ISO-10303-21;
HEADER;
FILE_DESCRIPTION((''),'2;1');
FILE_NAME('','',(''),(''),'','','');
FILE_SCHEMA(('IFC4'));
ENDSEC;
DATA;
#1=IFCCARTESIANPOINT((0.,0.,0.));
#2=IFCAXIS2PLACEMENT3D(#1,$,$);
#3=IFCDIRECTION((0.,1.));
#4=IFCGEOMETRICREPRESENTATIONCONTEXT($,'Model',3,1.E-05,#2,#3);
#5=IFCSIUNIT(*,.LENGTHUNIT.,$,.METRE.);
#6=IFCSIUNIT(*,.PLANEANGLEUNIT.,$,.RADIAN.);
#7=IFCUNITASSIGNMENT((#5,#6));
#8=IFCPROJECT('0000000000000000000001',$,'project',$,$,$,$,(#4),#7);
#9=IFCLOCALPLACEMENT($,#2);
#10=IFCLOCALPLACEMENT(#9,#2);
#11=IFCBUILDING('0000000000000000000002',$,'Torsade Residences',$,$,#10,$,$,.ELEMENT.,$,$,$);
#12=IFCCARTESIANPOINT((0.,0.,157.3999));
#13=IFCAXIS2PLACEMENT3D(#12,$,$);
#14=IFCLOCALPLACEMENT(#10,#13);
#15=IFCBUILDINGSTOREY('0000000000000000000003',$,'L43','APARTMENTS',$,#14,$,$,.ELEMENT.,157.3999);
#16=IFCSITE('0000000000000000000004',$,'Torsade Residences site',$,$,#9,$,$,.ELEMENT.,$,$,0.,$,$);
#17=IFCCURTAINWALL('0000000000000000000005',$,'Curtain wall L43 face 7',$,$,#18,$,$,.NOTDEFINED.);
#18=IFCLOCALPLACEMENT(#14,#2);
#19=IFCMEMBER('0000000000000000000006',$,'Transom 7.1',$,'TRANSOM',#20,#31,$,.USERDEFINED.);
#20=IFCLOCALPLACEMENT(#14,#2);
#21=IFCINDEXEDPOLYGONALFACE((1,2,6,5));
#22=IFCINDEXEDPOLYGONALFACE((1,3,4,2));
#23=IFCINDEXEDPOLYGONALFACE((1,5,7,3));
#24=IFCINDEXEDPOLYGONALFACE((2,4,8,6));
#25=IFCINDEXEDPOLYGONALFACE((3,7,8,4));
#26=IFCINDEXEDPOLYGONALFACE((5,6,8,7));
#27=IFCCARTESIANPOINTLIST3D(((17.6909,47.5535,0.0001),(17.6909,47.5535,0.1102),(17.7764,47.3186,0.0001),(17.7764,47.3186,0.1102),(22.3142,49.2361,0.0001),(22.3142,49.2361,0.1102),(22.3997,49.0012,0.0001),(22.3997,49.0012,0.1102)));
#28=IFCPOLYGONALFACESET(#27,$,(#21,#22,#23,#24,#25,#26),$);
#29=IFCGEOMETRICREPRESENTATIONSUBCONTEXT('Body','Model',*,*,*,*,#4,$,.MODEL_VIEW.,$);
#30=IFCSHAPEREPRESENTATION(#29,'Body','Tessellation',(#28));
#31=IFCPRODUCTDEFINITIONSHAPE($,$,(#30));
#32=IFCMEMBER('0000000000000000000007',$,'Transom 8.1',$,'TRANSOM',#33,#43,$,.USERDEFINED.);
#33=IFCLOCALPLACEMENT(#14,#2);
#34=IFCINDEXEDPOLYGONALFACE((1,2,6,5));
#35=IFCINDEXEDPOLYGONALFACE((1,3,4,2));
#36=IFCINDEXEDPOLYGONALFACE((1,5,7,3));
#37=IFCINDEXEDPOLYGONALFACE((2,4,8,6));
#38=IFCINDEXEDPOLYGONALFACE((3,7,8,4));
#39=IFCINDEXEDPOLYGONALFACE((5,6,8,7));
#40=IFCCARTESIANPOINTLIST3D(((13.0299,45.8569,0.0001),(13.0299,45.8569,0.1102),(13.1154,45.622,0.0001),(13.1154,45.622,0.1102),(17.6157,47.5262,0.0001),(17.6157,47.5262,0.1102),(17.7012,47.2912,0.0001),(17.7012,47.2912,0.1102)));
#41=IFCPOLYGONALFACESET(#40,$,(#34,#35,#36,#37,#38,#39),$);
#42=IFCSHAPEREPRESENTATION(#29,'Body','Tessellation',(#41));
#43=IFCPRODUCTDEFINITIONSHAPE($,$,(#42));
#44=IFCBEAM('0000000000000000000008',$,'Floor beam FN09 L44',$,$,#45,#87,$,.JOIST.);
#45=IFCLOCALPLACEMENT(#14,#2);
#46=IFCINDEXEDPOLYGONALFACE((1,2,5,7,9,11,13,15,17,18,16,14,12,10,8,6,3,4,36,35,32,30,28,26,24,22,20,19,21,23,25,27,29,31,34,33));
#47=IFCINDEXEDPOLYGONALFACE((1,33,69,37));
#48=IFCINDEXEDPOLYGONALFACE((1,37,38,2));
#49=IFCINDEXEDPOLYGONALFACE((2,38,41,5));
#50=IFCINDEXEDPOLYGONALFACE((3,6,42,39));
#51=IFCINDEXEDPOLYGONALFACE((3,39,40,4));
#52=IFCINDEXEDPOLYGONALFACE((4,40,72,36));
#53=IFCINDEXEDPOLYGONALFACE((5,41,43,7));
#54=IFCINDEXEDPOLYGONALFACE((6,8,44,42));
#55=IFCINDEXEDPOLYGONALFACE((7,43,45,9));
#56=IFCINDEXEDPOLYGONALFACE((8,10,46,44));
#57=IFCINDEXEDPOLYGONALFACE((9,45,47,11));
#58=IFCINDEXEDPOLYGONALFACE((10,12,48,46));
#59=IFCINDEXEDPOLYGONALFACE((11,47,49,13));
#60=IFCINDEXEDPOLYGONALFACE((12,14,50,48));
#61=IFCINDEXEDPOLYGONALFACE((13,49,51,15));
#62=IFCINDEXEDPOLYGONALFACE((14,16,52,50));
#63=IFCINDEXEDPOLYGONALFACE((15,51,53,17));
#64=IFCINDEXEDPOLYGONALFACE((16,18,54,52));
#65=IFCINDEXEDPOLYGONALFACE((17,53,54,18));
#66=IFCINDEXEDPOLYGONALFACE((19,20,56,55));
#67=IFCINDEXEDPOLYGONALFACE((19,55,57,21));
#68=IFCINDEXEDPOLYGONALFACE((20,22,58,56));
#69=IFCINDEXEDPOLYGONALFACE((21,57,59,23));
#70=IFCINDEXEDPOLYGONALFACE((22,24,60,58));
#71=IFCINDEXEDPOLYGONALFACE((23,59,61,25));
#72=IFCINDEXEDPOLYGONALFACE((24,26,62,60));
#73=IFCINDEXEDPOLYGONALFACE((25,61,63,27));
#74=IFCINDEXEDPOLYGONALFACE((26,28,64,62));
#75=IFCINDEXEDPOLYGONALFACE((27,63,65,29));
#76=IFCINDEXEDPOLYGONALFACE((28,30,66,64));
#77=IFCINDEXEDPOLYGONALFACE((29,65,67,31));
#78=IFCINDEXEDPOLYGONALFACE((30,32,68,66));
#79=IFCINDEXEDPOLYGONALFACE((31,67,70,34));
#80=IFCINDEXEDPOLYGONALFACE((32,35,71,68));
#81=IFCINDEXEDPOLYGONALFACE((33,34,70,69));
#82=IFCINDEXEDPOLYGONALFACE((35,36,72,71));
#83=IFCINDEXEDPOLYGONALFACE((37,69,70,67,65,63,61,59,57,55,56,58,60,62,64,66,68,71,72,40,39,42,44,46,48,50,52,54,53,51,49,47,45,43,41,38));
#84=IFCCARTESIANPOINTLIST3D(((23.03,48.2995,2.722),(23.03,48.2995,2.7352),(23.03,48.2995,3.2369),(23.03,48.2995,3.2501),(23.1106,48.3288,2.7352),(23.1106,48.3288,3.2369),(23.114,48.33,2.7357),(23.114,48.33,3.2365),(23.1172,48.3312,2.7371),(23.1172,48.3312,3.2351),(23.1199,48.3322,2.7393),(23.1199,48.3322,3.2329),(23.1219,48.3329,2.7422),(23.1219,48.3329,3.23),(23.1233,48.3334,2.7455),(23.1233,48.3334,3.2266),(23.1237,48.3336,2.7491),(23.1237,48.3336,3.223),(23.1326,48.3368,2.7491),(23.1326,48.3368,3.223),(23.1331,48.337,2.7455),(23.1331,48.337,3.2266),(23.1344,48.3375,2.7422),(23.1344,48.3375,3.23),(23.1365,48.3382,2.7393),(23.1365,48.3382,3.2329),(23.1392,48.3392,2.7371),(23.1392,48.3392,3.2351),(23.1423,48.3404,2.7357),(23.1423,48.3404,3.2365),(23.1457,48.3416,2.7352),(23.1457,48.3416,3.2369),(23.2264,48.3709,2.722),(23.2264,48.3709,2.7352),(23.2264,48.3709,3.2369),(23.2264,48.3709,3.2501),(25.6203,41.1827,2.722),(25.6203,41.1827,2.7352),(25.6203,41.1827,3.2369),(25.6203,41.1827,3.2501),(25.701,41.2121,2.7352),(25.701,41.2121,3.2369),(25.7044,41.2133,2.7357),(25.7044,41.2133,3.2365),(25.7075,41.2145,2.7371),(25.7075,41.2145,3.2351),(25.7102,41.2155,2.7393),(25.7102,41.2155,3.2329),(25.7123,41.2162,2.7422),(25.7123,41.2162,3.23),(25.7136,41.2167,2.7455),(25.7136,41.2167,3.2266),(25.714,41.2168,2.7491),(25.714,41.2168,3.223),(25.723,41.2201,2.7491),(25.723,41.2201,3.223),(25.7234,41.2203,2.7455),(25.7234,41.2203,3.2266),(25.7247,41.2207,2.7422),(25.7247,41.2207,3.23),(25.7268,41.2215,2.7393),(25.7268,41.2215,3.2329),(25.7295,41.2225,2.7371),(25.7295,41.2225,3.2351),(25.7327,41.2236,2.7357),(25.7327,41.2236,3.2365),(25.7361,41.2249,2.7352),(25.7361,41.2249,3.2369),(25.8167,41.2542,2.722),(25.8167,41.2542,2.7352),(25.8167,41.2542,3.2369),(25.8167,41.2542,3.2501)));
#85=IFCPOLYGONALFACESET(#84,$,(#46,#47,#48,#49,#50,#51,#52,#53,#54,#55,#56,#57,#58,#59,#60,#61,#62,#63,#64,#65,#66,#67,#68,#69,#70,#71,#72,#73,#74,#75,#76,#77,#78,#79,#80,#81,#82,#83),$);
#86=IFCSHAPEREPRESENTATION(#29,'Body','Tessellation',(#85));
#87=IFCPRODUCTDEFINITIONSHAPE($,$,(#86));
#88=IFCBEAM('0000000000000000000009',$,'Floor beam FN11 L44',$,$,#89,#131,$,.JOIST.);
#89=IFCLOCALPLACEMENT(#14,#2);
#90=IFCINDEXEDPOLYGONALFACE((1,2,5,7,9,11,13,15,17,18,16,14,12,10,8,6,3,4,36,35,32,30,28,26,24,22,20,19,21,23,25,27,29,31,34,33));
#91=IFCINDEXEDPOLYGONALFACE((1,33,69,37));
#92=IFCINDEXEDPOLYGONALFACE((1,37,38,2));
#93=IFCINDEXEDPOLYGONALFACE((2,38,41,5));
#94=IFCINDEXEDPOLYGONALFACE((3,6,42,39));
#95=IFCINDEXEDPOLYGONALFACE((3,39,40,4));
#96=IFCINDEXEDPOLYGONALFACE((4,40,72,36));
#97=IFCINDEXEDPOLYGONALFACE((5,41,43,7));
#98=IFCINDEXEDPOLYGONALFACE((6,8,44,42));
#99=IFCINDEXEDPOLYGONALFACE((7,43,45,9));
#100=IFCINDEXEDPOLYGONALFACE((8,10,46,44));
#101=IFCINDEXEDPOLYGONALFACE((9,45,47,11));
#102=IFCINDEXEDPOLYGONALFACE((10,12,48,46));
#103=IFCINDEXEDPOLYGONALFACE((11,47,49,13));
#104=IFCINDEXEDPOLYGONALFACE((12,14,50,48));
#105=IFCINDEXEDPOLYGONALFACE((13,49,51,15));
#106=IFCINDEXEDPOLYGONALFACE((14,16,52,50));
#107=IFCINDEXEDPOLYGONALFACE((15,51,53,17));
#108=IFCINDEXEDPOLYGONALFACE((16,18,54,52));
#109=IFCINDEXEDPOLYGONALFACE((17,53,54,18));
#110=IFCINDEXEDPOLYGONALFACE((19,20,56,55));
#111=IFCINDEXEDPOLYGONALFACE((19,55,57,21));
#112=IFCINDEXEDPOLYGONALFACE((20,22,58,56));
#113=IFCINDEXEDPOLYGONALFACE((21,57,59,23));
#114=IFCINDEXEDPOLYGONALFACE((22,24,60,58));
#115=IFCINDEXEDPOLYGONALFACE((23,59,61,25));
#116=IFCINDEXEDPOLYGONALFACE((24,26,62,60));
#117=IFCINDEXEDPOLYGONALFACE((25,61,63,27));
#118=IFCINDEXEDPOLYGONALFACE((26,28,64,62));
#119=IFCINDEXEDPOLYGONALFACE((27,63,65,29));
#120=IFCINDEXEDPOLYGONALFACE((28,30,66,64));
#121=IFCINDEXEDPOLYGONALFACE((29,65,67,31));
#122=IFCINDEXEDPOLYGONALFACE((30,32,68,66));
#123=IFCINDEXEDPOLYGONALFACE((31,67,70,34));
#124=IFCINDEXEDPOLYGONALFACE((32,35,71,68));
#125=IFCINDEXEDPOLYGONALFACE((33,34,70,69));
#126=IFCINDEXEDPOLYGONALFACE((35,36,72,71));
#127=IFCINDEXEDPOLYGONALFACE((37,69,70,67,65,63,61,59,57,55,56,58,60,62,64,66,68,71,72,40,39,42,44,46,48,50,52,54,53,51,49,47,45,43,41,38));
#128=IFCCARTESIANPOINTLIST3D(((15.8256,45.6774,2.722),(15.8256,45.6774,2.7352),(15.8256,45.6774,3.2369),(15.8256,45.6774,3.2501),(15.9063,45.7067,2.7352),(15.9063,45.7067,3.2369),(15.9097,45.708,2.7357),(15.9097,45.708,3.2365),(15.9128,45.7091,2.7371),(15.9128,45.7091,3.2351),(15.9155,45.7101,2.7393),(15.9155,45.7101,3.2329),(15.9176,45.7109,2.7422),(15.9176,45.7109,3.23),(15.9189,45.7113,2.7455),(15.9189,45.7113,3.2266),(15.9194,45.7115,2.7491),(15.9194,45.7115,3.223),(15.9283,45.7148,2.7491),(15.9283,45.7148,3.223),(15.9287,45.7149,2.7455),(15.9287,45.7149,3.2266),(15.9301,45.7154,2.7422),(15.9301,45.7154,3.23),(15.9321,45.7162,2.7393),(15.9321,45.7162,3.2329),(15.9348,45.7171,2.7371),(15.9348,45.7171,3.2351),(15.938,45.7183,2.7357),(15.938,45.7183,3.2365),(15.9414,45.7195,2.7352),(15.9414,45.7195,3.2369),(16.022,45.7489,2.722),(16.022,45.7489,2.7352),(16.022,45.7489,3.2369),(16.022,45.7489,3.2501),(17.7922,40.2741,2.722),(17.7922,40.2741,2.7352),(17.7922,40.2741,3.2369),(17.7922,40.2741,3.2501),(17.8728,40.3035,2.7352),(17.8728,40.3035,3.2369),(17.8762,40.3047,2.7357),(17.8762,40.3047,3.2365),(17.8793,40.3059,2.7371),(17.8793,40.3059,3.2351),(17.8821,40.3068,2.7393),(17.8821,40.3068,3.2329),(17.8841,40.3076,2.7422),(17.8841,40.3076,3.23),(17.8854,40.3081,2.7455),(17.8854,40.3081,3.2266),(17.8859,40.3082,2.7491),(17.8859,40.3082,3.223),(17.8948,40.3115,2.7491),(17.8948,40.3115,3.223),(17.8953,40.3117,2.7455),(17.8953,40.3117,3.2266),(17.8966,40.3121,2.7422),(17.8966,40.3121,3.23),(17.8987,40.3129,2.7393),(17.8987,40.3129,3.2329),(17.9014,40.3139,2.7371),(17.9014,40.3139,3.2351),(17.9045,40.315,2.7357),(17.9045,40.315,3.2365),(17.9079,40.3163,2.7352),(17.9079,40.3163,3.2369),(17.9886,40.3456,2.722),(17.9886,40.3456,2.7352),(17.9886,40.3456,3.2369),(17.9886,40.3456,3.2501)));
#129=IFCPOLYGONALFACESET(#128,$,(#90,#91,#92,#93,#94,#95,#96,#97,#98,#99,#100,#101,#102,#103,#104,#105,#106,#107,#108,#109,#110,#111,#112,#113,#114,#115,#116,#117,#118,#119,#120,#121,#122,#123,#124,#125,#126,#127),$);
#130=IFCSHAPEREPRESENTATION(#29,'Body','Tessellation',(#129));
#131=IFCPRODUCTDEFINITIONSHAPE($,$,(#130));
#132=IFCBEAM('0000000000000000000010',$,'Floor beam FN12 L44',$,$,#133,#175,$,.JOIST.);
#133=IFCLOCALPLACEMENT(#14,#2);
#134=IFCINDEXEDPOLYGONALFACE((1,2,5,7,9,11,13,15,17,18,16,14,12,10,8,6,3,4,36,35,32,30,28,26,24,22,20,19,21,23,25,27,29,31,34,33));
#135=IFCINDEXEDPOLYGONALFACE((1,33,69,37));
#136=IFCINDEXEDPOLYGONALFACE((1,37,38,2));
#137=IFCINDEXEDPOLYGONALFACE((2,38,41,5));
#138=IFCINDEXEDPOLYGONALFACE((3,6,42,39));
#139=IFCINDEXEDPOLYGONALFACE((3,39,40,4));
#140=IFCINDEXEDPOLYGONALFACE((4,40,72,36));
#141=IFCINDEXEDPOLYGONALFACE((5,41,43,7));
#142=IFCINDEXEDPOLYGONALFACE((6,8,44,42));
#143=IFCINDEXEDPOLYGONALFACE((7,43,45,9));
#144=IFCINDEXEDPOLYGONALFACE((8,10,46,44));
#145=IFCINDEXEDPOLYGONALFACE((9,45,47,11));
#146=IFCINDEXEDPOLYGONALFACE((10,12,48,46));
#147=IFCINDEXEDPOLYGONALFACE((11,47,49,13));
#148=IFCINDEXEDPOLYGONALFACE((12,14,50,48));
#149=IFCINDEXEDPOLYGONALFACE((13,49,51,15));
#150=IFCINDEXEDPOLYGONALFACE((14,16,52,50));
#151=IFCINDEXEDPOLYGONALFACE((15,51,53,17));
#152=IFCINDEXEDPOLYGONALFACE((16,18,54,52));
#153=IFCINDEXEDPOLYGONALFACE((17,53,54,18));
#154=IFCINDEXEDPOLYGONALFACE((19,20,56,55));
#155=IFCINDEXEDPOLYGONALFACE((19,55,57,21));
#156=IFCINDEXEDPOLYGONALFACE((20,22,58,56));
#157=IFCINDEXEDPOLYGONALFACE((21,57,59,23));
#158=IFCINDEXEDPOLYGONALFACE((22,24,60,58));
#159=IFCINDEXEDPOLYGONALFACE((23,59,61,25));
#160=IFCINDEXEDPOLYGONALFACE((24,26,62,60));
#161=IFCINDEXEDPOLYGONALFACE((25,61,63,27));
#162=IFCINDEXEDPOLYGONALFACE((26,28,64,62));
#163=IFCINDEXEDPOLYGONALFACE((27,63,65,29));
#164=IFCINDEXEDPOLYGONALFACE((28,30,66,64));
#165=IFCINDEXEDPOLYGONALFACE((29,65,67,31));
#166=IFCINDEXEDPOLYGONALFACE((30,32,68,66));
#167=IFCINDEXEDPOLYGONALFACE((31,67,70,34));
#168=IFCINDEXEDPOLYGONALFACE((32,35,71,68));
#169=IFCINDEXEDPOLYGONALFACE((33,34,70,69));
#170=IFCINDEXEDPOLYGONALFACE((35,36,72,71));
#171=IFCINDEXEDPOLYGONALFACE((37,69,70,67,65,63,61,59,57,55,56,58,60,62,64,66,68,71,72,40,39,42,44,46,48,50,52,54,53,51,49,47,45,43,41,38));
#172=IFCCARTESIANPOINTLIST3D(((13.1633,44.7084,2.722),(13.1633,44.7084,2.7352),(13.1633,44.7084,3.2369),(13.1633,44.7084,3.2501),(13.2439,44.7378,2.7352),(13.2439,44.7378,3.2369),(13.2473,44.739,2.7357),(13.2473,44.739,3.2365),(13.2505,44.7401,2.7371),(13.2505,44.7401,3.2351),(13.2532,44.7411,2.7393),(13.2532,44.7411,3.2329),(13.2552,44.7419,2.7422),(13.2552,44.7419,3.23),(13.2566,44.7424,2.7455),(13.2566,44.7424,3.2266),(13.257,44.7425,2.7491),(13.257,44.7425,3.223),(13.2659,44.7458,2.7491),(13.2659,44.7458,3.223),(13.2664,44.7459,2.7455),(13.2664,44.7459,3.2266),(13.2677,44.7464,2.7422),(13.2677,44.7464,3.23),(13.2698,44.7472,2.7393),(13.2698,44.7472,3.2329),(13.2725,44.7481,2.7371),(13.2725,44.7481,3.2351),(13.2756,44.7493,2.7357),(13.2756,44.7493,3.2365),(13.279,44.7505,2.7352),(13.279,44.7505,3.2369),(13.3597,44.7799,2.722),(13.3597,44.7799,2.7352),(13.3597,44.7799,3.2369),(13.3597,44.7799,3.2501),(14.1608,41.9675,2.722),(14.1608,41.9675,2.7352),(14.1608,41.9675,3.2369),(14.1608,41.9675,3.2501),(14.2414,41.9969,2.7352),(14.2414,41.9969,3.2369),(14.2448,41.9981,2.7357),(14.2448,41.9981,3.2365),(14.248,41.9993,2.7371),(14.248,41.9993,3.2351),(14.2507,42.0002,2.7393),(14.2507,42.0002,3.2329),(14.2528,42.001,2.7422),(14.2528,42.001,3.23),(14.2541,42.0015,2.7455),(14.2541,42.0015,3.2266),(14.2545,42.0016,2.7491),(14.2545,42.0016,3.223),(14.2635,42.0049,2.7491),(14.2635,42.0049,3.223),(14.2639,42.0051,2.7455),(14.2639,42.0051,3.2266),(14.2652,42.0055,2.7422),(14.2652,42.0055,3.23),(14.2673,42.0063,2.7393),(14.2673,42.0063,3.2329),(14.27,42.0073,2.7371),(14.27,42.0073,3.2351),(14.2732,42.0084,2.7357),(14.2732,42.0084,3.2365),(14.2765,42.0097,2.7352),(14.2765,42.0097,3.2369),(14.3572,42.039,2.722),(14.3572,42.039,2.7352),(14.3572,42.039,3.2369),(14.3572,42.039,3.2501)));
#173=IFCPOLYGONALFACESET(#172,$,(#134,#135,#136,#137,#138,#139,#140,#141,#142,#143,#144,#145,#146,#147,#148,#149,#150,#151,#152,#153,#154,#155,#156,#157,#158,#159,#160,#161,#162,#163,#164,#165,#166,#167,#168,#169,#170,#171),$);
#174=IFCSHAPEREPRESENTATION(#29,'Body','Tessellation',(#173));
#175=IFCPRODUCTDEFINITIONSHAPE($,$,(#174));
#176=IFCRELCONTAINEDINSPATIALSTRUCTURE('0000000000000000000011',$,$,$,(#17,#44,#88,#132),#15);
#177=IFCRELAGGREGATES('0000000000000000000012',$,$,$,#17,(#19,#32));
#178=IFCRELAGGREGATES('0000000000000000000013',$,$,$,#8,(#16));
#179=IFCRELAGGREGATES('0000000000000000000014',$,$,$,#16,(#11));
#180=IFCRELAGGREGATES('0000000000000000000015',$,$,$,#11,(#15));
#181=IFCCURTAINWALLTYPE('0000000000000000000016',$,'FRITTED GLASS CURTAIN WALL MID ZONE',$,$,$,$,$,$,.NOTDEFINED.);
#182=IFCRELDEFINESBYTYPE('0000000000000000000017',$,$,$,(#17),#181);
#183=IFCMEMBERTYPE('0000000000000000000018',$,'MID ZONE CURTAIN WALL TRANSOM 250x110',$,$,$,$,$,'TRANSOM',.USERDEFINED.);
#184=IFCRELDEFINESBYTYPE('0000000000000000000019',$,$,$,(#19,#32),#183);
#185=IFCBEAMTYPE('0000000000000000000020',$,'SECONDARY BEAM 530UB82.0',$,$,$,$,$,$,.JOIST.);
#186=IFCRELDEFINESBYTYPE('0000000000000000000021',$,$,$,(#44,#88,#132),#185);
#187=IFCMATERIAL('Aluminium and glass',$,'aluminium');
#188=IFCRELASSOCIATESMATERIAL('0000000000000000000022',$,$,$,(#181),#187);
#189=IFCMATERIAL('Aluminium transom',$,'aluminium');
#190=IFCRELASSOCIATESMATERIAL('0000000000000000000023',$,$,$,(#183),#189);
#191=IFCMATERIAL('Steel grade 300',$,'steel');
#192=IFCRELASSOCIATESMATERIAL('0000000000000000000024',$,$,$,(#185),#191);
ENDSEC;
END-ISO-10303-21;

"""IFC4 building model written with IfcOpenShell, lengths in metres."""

from ifc_helpers import new_model, si_unit, direction, frame, origin, origin_2d, place, context, subcontext, project, spatial, rectangle, i_section, extrude, material, material_profile, profile_set, type_object, element, aggregate, save


model = new_model("IFC4")

# Units and contexts
model_context = context("Model", 3, precision=1e-05, world=origin(), true_north=direction((0.0, 1.0)))
body_context = subcontext(model_context, "Body", "Model", "MODEL_VIEW")
ifc_project = project(units=[si_unit("LENGTHUNIT", "METRE"), si_unit("PLANEANGLEUNIT", "RADIAN")], contexts=[model_context])

# Site, building, storey
site_placement = place(None, origin())
site = spatial("IfcSite", under=ifc_project, at=site_placement, Name="Torsade Residences site", CompositionType="ELEMENT", RefElevation=0.0)
building_placement = place(site_placement, origin())
building = spatial("IfcBuilding", under=site, at=building_placement, Name="Torsade Residences", CompositionType="ELEMENT")
storey_placement = place(building_placement, frame((0.0, 0.0, 157.3999)))
storey = spatial("IfcBuildingStorey", under=building, at=storey_placement, Name="L43", Description="APARTMENTS", CompositionType="ELEMENT", Elevation=157.3999)

# Curtain wall, members
ifc_material_1 = material(Name="Aluminium and glass", Category="aluminium")
curtain_wall_type = type_object("IfcCurtainWallType", Name="FRITTED GLASS CURTAIN WALL MID ZONE", PredefinedType="NOTDEFINED", material=ifc_material_1)
curtain_wall_placement = place(storey_placement, origin())
curtain_wall = element("IfcCurtainWall", 1, at=curtain_wall_placement, inside=storey, type_object=curtain_wall_type, Name="Curtain wall L43 face 7", PredefinedType="NOTDEFINED")
ifc_material_2 = material(Name="Aluminium transom", Category="aluminium")
ifc_material_profile_1 = material_profile(ifc_material_2, rectangle(XDim=0.25, YDim=0.1101, at=origin_2d()), Name="MID ZONE CURTAIN WALL TRANSOM 250x110")
ifc_profile_set_1 = profile_set([ifc_material_profile_1], Name="Aluminium transom")
member_type_1 = type_object("IfcMemberType", Name="MID ZONE CURTAIN WALL TRANSOM 250x110", ElementType="TRANSOM", PredefinedType="USERDEFINED", material=ifc_profile_set_1)
member_1_placement = place(storey_placement, frame((22.3569, 49.1187, 0.0552), z_axis=(-0.939701, -0.341998, 0.0), x_axis=(0.341998, -0.939701, 0.0)))
member_1 = element("IfcMember", 2, at=member_1_placement, type_object=member_type_1, Name="Transom 7.1", ObjectType="TRANSOM", PredefinedType="USERDEFINED", context=body_context, shape_type="SweptSolid", body=[
    extrude(rectangle(XDim=0.25, YDim=0.1101, at=origin_2d()), origin(), (0.0, 0.0, 1.0), 4.9199),
])
member_2_placement = place(storey_placement, frame((17.6584, 47.4087, 0.0552), z_axis=(-0.939684, -0.342044, 0.0), x_axis=(0.342044, -0.939684, 0.0)))
member_2 = element("IfcMember", 3, at=member_2_placement, type_object=member_type_1, Name="Transom 8.1", ObjectType="TRANSOM", PredefinedType="USERDEFINED", context=body_context, shape_type="SweptSolid", body=[
    extrude(rectangle(XDim=0.25, YDim=0.1101, at=origin_2d()), origin(), (0.0, 0.0, 1.0), 4.8801),
])

# Beams
ifc_material_3 = material(Name="Steel grade 300", Category="steel")
ifc_material_profile_2 = material_profile(ifc_material_3, i_section(OverallWidth=0.209, OverallDepth=0.5281, WebThickness=0.0095, FlangeThickness=0.0132, FilletRadius=0.0139, at=origin_2d()), Name="530UB82.0")
ifc_profile_set_2 = profile_set([ifc_material_profile_2], Name="Steel grade 300")
beam_type_1 = type_object("IfcBeamType", Name="SECONDARY BEAM 530UB82.0", PredefinedType="JOIST", material=ifc_profile_set_2)
beam_1_placement = place(storey_placement, frame((23.1282, 48.3352, 2.9861), z_axis=(0.342028, -0.93969, 0.0), x_axis=(0.93969, 0.342028, 0.0)))
element("IfcBeam", 4, at=beam_1_placement, inside=storey, type_object=beam_type_1, Name="Floor beam FN09 L44", PredefinedType="JOIST", context=body_context, shape_type="SweptSolid", body=[
    extrude(i_section(OverallWidth=0.209, OverallDepth=0.5281, WebThickness=0.0095, FlangeThickness=0.0132, FilletRadius=0.0139, at=origin_2d()), origin(), (0.0, 0.0, 1.0), 7.5735),
])
beam_2_placement = place(storey_placement, frame((15.9238, 45.7131, 2.9861), z_axis=(0.342006, -0.939698, 0.0), x_axis=(0.939698, 0.342006, 0.0)))
element("IfcBeam", 5, at=beam_2_placement, inside=storey, type_object=beam_type_1, Name="Floor beam FN11 L44", PredefinedType="JOIST", context=body_context, shape_type="SweptSolid", body=[
    extrude(i_section(OverallWidth=0.209, OverallDepth=0.5281, WebThickness=0.0095, FlangeThickness=0.0132, FilletRadius=0.0139, at=origin_2d()), origin(), (0.0, 0.0, 1.0), 5.75),
])
beam_3_placement = place(storey_placement, frame((13.2615, 44.7441, 2.9861), z_axis=(0.341998, -0.939701, 0.0), x_axis=(0.939701, 0.341998, 0.0)))
element("IfcBeam", 6, at=beam_3_placement, inside=storey, type_object=beam_type_1, Name="Floor beam FN12 L44", PredefinedType="JOIST", context=body_context, shape_type="SweptSolid", body=[
    extrude(i_section(OverallWidth=0.209, OverallDepth=0.5281, WebThickness=0.0095, FlangeThickness=0.0132, FilletRadius=0.0139, at=origin_2d()), origin(), (0.0, 0.0, 1.0), 2.9167),
])

aggregate(curtain_wall, [member_1, member_2])

save(model, "model.ifc")
